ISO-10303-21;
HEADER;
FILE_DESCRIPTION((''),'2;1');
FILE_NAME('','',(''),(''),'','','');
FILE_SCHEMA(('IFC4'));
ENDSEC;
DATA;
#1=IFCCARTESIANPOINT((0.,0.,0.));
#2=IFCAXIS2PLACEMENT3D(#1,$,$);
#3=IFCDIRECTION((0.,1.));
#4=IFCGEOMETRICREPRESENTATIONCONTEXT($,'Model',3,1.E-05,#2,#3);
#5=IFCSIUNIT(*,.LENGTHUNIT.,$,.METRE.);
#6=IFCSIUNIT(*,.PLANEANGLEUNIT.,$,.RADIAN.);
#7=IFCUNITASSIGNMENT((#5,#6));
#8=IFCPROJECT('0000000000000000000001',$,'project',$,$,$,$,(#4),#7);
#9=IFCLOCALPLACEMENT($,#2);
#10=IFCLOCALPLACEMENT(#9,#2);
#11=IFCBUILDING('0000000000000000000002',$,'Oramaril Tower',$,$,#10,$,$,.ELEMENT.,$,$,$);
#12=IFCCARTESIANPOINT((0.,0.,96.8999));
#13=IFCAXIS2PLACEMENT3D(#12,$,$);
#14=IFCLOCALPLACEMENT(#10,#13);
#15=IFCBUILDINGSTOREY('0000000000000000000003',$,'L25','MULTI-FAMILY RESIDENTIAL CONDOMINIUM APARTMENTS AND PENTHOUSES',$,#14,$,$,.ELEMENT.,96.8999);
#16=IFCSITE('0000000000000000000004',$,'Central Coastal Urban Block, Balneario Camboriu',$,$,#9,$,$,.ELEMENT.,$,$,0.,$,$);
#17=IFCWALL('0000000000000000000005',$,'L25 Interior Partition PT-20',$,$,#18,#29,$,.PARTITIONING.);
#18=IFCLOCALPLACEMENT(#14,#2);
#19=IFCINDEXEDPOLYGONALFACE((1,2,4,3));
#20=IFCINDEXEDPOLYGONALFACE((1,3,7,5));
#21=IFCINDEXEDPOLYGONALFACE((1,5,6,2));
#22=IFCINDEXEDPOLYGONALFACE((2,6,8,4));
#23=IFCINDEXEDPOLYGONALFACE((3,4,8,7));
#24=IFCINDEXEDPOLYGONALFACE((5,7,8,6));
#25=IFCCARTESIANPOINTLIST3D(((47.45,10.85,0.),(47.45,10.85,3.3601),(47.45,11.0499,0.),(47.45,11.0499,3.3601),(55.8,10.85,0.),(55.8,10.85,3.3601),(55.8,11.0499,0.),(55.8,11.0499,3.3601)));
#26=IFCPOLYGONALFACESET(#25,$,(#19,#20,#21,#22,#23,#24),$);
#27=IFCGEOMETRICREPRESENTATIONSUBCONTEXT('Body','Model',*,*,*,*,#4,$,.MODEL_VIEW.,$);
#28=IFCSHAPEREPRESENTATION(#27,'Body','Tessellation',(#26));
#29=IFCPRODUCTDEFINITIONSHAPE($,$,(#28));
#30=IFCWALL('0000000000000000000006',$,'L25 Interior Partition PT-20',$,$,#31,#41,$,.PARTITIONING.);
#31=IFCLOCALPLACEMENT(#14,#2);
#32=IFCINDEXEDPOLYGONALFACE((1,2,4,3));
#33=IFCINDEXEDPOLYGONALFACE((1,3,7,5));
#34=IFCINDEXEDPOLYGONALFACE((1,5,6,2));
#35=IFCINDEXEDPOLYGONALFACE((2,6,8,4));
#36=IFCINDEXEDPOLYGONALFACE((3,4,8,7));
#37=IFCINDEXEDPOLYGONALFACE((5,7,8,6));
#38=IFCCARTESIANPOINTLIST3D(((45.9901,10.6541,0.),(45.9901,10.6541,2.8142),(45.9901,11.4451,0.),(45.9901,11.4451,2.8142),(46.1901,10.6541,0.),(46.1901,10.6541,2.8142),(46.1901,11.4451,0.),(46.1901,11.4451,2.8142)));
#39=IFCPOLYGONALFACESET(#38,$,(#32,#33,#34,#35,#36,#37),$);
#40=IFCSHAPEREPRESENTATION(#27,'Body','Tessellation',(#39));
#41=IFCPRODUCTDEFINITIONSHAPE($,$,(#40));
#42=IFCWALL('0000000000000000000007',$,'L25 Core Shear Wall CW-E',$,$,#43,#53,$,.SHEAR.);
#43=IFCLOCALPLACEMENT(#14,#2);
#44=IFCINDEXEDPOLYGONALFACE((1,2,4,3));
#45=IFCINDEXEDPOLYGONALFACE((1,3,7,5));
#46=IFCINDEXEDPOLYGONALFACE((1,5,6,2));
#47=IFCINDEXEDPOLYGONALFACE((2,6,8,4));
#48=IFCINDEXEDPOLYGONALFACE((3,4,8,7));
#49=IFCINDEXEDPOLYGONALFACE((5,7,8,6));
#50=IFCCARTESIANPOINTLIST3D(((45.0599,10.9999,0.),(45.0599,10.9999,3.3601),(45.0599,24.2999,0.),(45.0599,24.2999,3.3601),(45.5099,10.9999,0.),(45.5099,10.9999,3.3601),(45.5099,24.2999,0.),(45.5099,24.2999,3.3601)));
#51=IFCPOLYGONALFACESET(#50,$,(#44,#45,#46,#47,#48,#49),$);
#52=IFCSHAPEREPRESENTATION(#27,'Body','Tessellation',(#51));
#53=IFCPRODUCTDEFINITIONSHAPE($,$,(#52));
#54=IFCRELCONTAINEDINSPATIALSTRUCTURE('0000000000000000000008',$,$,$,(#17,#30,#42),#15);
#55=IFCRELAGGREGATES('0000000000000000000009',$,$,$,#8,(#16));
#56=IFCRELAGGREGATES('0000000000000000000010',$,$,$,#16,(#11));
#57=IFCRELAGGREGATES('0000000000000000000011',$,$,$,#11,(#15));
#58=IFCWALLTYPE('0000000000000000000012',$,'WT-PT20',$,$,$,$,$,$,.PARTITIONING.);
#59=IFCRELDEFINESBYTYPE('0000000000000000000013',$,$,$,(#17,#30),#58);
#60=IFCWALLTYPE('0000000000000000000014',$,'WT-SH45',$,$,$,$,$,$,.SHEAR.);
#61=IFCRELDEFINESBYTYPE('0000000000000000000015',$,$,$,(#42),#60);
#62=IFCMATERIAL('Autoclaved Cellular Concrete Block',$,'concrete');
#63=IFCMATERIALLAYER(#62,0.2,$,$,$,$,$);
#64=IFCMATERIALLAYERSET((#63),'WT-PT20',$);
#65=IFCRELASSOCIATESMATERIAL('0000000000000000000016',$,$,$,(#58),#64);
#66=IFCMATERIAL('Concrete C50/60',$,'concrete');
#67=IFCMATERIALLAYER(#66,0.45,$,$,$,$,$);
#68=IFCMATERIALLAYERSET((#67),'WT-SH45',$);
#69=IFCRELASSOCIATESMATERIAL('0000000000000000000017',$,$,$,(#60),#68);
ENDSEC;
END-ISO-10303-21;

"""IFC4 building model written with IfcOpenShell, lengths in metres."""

from ifc_helpers import new_model, si_unit, direction, frame, frame_2d, origin, place, context, subcontext, project, spatial, rectangle, extrude, material, layer, layer_set, type_object, element, save


model = new_model("IFC4")

# Units and contexts
model_context = context("Model", 3, precision=1e-05, world=origin(), true_north=direction((0.0, 1.0)))
body_context = subcontext(model_context, "Body", "Model", "MODEL_VIEW")
ifc_project = project(units=[si_unit("LENGTHUNIT", "METRE"), si_unit("PLANEANGLEUNIT", "RADIAN")], contexts=[model_context])

# Site, building, storey
site_placement = place(None, origin())
site = spatial("IfcSite", under=ifc_project, at=site_placement, Name="Central Coastal Urban Block, Balneario Camboriu", CompositionType="ELEMENT", RefElevation=0.0)
building_placement = place(site_placement, origin())
building = spatial("IfcBuilding", under=site, at=building_placement, Name="Oramaril Tower", CompositionType="ELEMENT")
storey_placement = place(building_placement, frame((0.0, 0.0, 96.8999)))
storey = spatial("IfcBuildingStorey", under=building, at=storey_placement, Name="L25", Description="MULTI-FAMILY RESIDENTIAL CONDOMINIUM APARTMENTS AND PENTHOUSES", CompositionType="ELEMENT", Elevation=96.8999)

# Walls
ifc_material_1 = material(Name="Autoclaved Cellular Concrete Block", Category="concrete")
ifc_layer_1 = layer(ifc_material_1, 0.2)
ifc_layer_set_1 = layer_set([ifc_layer_1], Name="WT-PT20")
wall_type_1 = type_object("IfcWallType", Name="WT-PT20", PredefinedType="PARTITIONING", material=ifc_layer_set_1)
wall_1_placement = place(storey_placement, frame((47.45, 10.95, 0.0), z_axis=(0.0, 0.0, 1.0), x_axis=(1.0, 0.0, 0.0)))
element("IfcWall", 1, at=wall_1_placement, inside=storey, type_object=wall_type_1, Name="L25 Interior Partition PT-20", PredefinedType="PARTITIONING", context=body_context, shape_type="SweptSolid", body=[
    extrude(rectangle(XDim=8.3501, YDim=0.2, at=frame_2d((4.175, 0.0))), origin(), (0.0, 0.0, 1.0), 3.3601),
])
wall_2_placement = place(storey_placement, frame((46.0901, 10.6541, 0.0), z_axis=(0.0, 0.0, 1.0), x_axis=(0.0, 1.0, 0.0)))
element("IfcWall", 2, at=wall_2_placement, inside=storey, type_object=wall_type_1, Name="L25 Interior Partition PT-20", PredefinedType="PARTITIONING", context=body_context, shape_type="SweptSolid", body=[
    extrude(rectangle(XDim=0.791, YDim=0.2, at=frame_2d((0.3955, 0.0))), origin(), (0.0, 0.0, 1.0), 2.8142),
])
ifc_material_2 = material(Name="Concrete C50/60", Category="concrete")
ifc_layer_2 = layer(ifc_material_2, 0.45)
ifc_layer_set_2 = layer_set([ifc_layer_2], Name="WT-SH45")
wall_type_2 = type_object("IfcWallType", Name="WT-SH45", PredefinedType="SHEAR", material=ifc_layer_set_2)
wall_3_placement = place(storey_placement, frame((45.2849, 11.0, 0.0), z_axis=(0.0, 0.0, 1.0), x_axis=(0.0, 1.0, 0.0)))
element("IfcWall", 3, at=wall_3_placement, inside=storey, type_object=wall_type_2, Name="L25 Core Shear Wall CW-E", PredefinedType="SHEAR", context=body_context, shape_type="SweptSolid", body=[
    extrude(rectangle(XDim=13.3, YDim=0.45, at=frame_2d((6.6499, 0.0))), origin(), (0.0, 0.0, 1.0), 3.3601),
])

save(model, "model.ifc")
